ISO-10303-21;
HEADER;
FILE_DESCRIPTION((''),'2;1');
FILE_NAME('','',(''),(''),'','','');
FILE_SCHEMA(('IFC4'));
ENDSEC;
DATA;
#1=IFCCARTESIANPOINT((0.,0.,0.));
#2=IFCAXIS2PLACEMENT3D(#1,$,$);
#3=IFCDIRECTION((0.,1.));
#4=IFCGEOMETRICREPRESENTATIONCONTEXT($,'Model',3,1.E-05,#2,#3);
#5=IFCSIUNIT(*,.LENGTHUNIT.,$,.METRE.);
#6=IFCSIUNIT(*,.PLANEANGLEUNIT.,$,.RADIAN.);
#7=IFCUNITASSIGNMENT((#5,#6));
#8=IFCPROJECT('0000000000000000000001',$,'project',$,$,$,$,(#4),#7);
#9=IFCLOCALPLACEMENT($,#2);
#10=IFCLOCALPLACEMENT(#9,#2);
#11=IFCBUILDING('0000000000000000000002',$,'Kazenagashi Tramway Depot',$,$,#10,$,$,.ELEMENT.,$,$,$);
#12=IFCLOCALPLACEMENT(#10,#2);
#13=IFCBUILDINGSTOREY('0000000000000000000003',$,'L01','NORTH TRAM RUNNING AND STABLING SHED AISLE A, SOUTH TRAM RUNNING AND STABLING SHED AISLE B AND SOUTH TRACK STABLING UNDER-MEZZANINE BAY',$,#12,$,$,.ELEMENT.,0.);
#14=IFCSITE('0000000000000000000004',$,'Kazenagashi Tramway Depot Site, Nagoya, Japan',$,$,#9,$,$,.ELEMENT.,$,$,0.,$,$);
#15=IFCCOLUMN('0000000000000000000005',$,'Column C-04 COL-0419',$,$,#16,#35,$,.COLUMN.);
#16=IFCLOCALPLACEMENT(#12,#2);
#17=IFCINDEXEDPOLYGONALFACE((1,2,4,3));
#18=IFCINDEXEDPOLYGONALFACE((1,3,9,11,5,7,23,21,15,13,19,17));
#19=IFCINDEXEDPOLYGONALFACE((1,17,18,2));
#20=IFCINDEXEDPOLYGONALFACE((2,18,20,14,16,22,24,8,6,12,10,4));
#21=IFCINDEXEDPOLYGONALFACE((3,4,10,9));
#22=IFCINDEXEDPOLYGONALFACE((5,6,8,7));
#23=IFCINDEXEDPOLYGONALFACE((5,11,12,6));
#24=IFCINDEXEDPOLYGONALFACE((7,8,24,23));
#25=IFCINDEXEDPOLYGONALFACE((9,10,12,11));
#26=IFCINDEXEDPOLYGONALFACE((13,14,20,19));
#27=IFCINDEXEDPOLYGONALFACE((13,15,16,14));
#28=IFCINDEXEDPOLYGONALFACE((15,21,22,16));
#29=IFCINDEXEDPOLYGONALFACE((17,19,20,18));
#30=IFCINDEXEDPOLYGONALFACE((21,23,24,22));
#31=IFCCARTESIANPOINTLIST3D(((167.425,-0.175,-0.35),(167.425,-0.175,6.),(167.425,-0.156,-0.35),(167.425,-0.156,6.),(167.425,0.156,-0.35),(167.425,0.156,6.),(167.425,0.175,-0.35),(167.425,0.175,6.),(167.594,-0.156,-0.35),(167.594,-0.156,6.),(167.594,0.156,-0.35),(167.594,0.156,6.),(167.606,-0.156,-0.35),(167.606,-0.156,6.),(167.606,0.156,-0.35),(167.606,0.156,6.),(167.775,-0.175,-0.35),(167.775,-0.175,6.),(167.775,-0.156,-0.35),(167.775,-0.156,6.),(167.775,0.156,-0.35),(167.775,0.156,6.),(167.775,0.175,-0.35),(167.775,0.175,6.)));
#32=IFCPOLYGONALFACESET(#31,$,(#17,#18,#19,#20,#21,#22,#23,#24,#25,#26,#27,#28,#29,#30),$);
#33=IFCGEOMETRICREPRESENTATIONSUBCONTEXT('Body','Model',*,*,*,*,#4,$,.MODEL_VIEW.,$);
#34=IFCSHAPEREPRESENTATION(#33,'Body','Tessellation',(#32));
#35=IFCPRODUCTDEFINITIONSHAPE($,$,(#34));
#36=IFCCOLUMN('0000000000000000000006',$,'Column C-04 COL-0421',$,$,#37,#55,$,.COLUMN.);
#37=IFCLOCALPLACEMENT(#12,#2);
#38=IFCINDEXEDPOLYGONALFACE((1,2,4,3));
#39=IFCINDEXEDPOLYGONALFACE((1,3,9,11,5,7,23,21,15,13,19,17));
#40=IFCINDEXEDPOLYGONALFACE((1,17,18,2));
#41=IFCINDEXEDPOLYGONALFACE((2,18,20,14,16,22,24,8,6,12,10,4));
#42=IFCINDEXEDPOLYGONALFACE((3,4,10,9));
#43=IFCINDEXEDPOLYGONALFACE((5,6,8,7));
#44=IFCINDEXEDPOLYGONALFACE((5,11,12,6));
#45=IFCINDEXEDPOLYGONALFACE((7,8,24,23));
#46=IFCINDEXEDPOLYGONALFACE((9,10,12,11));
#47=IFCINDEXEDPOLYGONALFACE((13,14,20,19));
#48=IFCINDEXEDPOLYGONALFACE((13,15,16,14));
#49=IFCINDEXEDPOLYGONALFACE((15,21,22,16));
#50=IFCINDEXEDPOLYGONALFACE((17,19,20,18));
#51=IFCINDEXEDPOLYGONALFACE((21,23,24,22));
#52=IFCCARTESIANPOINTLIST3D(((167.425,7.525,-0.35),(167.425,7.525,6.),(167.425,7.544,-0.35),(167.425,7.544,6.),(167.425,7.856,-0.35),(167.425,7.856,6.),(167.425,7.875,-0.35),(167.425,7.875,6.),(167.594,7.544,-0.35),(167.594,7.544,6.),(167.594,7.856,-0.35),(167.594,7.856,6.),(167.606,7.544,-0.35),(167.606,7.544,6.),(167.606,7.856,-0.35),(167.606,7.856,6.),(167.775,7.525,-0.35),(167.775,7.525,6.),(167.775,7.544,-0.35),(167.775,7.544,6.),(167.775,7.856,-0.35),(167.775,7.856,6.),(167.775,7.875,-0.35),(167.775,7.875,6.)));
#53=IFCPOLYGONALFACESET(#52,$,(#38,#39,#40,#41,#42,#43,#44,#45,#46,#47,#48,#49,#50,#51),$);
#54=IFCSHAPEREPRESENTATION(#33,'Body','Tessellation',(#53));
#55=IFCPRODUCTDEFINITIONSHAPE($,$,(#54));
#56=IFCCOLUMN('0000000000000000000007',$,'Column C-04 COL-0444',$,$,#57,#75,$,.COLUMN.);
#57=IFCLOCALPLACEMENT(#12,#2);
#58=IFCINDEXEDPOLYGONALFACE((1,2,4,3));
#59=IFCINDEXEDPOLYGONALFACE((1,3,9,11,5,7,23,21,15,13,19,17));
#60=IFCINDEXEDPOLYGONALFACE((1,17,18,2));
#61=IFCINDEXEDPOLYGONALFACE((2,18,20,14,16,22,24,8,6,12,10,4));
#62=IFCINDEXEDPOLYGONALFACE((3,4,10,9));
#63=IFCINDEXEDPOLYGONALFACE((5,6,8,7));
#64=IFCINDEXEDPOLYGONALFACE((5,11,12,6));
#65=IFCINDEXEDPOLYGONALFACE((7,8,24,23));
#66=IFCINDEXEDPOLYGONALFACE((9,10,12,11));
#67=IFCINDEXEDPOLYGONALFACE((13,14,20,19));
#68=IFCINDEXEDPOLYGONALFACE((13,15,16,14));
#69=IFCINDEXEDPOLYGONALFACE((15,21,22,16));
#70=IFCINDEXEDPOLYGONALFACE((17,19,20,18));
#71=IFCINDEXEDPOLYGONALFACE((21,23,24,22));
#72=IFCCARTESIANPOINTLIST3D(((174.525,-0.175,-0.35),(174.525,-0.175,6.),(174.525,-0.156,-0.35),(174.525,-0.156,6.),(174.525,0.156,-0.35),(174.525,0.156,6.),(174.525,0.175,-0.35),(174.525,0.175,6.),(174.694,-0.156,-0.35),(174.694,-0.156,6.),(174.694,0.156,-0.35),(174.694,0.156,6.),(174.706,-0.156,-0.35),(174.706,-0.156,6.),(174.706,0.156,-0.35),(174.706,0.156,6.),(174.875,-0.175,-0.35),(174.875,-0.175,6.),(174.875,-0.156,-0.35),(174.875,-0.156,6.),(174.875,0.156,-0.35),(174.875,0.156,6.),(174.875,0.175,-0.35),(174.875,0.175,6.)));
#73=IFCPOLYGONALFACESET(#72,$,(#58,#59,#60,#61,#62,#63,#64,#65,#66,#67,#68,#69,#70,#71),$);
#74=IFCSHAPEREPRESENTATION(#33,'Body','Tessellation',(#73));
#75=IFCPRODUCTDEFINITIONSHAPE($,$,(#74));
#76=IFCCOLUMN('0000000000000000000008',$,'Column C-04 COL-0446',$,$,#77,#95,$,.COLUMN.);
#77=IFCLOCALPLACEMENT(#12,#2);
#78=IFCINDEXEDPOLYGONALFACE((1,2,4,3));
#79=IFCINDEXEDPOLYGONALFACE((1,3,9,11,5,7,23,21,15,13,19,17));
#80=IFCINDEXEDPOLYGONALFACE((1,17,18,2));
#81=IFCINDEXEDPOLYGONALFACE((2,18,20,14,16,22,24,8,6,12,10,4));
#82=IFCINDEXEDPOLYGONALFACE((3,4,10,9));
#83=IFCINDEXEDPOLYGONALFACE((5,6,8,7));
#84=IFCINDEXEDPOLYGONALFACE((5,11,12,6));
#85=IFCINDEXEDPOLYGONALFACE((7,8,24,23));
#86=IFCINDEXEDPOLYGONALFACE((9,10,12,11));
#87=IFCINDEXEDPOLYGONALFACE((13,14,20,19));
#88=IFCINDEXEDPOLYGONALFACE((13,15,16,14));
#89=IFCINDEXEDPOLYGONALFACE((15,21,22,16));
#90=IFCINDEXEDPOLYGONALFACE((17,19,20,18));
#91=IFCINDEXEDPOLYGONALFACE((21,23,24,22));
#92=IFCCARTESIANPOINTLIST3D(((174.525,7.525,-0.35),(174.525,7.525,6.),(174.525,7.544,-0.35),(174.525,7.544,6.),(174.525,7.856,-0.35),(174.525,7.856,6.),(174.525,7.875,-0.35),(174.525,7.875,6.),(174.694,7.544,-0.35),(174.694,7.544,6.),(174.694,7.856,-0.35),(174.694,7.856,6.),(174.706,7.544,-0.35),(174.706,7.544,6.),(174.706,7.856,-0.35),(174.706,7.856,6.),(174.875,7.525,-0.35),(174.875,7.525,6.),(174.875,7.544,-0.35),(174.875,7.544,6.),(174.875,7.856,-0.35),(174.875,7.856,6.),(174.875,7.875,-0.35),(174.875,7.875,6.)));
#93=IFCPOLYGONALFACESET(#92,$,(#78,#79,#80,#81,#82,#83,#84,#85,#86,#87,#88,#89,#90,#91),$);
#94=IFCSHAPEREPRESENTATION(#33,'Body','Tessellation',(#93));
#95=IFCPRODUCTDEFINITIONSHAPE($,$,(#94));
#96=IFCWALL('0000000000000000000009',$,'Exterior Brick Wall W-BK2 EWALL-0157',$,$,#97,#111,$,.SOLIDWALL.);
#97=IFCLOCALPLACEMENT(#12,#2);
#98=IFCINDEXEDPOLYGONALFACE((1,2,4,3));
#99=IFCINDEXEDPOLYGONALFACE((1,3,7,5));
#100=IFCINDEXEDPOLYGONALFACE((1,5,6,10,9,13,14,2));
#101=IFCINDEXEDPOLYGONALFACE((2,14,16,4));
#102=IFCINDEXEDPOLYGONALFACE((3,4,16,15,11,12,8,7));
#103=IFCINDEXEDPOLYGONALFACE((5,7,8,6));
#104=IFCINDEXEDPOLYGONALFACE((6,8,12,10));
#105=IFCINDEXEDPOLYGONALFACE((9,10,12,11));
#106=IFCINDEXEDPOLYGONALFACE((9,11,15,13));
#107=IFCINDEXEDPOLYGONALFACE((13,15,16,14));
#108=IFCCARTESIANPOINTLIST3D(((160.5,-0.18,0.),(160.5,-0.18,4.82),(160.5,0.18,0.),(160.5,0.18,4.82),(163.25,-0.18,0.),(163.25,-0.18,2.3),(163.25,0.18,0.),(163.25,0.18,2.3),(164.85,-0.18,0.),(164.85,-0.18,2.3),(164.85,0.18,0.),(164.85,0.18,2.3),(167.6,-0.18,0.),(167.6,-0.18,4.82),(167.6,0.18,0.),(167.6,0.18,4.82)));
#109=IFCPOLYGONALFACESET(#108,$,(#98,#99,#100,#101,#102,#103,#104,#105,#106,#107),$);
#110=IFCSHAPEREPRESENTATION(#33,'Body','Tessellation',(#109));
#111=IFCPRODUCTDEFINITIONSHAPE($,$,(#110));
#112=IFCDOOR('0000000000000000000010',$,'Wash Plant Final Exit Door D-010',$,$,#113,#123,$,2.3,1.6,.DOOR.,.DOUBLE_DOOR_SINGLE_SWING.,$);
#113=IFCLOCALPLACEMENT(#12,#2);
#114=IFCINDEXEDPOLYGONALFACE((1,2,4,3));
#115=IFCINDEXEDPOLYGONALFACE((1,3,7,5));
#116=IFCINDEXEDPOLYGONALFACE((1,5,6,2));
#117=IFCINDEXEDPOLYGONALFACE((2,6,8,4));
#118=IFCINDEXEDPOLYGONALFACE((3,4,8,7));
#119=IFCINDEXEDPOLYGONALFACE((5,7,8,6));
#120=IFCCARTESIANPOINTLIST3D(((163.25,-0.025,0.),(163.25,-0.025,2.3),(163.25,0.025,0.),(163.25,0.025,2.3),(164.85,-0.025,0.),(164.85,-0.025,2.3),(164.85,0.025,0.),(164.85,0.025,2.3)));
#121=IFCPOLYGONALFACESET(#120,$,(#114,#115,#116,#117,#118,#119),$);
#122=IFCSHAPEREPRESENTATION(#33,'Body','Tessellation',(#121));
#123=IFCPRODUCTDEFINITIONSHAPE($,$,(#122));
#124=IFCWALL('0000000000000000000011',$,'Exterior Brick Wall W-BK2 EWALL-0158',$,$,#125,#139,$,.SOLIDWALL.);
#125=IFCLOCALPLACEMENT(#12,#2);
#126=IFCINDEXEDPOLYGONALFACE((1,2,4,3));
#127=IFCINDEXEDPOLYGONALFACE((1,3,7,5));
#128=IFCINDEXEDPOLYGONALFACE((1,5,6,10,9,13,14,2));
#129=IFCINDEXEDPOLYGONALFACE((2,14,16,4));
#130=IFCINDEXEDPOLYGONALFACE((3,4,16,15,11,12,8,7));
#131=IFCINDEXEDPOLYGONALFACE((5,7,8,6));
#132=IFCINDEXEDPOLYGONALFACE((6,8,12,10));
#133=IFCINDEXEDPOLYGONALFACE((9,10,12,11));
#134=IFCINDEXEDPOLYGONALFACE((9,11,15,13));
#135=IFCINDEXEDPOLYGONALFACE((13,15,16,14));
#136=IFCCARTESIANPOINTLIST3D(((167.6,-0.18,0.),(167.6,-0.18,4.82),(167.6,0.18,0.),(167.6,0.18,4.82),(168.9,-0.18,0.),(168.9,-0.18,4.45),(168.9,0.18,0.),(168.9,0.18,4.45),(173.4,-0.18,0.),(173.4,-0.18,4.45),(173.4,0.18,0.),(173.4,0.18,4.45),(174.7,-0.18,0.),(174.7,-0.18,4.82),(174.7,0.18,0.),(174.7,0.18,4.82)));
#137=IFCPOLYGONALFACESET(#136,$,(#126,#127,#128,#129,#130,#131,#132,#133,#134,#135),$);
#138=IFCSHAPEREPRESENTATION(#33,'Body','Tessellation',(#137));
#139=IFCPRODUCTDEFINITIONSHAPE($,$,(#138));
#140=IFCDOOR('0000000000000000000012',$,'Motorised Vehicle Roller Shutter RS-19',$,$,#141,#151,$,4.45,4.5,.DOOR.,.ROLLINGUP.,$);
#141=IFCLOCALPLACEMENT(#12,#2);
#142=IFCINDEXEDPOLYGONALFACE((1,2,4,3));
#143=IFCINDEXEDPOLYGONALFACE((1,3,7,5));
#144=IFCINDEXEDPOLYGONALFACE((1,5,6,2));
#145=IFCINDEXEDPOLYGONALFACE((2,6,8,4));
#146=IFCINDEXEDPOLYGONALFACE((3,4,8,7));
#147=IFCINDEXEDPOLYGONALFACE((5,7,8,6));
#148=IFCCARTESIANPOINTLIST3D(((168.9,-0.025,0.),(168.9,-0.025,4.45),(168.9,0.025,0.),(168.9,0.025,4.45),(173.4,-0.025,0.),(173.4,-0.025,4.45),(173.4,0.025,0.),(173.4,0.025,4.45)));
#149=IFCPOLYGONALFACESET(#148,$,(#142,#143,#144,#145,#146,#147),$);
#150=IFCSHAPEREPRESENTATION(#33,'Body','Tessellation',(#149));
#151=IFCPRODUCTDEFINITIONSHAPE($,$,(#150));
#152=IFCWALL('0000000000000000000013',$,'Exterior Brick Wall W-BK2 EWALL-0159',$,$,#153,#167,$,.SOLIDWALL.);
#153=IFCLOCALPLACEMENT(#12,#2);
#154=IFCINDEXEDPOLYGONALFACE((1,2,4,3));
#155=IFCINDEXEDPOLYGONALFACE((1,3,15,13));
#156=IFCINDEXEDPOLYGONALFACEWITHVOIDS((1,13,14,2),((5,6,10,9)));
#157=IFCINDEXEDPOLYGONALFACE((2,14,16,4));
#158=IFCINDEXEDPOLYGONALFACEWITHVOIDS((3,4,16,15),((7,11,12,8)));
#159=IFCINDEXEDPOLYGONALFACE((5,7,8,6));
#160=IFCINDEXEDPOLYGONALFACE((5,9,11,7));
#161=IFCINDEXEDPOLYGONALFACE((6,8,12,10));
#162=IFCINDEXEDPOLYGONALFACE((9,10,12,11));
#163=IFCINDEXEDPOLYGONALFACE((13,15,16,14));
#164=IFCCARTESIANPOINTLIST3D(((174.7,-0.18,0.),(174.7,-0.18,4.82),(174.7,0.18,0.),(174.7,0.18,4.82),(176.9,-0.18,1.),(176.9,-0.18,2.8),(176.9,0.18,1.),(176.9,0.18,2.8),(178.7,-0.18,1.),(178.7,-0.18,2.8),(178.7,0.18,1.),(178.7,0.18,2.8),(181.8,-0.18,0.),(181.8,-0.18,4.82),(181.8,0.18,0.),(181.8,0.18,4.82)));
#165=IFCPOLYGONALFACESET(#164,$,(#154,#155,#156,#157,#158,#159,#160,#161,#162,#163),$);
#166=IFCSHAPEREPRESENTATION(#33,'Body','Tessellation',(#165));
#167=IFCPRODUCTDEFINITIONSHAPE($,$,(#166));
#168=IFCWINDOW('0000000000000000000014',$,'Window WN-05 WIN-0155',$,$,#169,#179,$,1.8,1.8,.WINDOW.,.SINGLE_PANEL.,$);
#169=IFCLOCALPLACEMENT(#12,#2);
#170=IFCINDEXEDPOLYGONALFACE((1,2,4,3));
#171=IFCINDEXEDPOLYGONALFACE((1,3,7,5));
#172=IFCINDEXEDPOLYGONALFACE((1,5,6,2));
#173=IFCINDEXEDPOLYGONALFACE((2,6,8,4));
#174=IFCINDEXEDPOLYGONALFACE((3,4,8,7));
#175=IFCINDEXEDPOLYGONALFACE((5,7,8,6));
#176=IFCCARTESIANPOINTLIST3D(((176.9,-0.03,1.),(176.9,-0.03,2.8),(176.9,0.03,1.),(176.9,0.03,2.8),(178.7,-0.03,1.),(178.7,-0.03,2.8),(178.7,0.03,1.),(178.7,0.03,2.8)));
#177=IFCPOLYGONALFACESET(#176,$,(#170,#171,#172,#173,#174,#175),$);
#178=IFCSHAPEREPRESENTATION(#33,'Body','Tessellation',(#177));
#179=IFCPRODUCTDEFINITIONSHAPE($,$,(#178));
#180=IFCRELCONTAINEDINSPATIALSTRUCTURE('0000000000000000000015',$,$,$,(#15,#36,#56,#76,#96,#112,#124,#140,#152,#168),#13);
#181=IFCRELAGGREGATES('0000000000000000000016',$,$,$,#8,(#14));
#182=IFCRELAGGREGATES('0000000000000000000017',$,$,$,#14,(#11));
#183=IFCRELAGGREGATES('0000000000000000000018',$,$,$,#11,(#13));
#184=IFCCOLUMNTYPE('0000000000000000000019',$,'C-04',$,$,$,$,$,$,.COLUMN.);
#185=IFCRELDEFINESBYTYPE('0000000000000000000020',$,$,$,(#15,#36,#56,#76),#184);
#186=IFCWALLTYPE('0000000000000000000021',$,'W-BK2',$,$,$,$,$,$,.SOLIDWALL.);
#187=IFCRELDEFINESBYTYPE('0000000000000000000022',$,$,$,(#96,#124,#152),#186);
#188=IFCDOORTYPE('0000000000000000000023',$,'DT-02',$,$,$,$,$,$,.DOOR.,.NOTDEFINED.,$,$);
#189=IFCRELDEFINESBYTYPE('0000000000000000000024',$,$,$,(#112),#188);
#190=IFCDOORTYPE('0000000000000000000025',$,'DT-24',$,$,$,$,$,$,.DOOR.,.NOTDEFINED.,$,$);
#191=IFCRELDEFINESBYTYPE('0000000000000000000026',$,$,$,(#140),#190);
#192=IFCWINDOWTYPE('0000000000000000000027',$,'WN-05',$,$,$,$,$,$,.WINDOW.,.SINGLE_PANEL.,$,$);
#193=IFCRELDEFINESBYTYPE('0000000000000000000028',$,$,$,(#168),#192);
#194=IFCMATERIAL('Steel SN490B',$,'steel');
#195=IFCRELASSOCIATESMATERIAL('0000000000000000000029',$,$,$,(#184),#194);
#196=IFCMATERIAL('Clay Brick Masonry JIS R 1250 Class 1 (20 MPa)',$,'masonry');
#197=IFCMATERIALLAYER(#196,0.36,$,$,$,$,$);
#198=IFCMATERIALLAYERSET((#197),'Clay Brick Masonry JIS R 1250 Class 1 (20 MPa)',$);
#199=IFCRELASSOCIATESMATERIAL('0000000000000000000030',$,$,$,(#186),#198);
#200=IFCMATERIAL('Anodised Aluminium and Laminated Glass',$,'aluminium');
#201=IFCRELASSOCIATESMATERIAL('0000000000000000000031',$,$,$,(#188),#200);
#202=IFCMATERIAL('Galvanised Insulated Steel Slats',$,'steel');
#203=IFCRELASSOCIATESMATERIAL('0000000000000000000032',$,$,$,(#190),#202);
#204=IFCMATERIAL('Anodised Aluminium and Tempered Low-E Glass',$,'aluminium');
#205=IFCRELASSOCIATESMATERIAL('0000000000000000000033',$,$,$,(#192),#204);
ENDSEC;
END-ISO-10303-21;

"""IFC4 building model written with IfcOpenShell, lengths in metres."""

from ifc_helpers import new_model, si_unit, direction, frame, frame_2d, origin, origin_2d, place, context, subcontext, project, spatial, rectangle, i_section, extrude, material, layer, layer_set, material_profile, profile_set, type_object, element, fill, save


model = new_model("IFC4")

# Units and contexts
model_context = context("Model", 3, precision=1e-05, world=origin(), true_north=direction((0.0, 1.0)))
body_context = subcontext(model_context, "Body", "Model", "MODEL_VIEW")
ifc_project = project(units=[si_unit("LENGTHUNIT", "METRE"), si_unit("PLANEANGLEUNIT", "RADIAN")], contexts=[model_context])

# Site, building, storey
site_placement = place(None, origin())
site = spatial("IfcSite", under=ifc_project, at=site_placement, Name="Kazenagashi Tramway Depot Site, Nagoya, Japan", CompositionType="ELEMENT", RefElevation=0.0)
building_placement = place(site_placement, origin())
building = spatial("IfcBuilding", under=site, at=building_placement, Name="Kazenagashi Tramway Depot", CompositionType="ELEMENT")
storey_placement = place(building_placement, origin())
storey = spatial("IfcBuildingStorey", under=building, at=storey_placement, Name="L01", Description="NORTH TRAM RUNNING AND STABLING SHED AISLE A, SOUTH TRAM RUNNING AND STABLING SHED AISLE B AND SOUTH TRACK STABLING UNDER-MEZZANINE BAY", CompositionType="ELEMENT", Elevation=0.0)

# Columns
ifc_material_1 = material(Name="Steel SN490B", Category="steel")
ifc_material_profile_1 = material_profile(ifc_material_1, i_section(OverallWidth=0.35, OverallDepth=0.35, WebThickness=0.012, FlangeThickness=0.019, at=origin_2d()), Name="H-350x350x12x19")
ifc_profile_set_1 = profile_set([ifc_material_profile_1], Name="Steel SN490B")
column_type = type_object("IfcColumnType", Name="C-04", PredefinedType="COLUMN", material=ifc_profile_set_1)
for number, where, z_axis, x_axis, name in (
    (1, (167.6, 0.0, -0.35), (0.0, 0.0, 1.0), (1.0, 0.0, 0.0), "Column C-04 COL-0419"),
    (2, (167.6, 7.7, -0.35), (0.0, 0.0, 1.0), (1.0, 0.0, 0.0), "Column C-04 COL-0421"),
    (3, (174.7, 0.0, -0.35), (0.0, 0.0, 1.0), (1.0, 0.0, 0.0), "Column C-04 COL-0444"),
    (4, (174.7, 7.7, -0.35), (0.0, 0.0, 1.0), (1.0, 0.0, 0.0), "Column C-04 COL-0446"),
):
    element("IfcColumn", number, at=place(storey_placement, frame(where, z_axis=z_axis, x_axis=x_axis)), inside=storey, type_object=column_type, Name=name, PredefinedType="COLUMN", context=body_context, shape_type="SweptSolid", body=[
        extrude(i_section(OverallWidth=0.35, OverallDepth=0.35, WebThickness=0.012, FlangeThickness=0.019, at=origin_2d()), origin(), (0.0, 0.0, 1.0), 6.35),
    ])

# Walls, openings, doors
ifc_material_2 = material(Name="Clay Brick Masonry JIS R 1250 Class 1 (20 MPa)", Category="masonry")
ifc_layer_1 = layer(ifc_material_2, 0.36)
ifc_layer_set_1 = layer_set([ifc_layer_1], Name="Clay Brick Masonry JIS R 1250 Class 1 (20 MPa)")
wall_type_1 = type_object("IfcWallType", Name="W-BK2", PredefinedType="SOLIDWALL", material=ifc_layer_set_1)
wall_1_placement = place(storey_placement, frame((160.5, 0.0, 0.0), z_axis=(0.0, 0.0, 1.0), x_axis=(1.0, 0.0, 0.0)))
wall_1 = element("IfcWall", 5, at=wall_1_placement, inside=storey, type_object=wall_type_1, Name="Exterior Brick Wall W-BK2 EWALL-0157", PredefinedType="SOLIDWALL", context=body_context, shape_type="SweptSolid", body=[
    extrude(rectangle(XDim=7.1, YDim=0.36, at=frame_2d((3.55, 0.0))), origin(), (0.0, 0.0, 1.0), 4.82),
])
opening_1_placement = place(wall_1_placement, frame((2.75, 0.0, 0.0)))
opening_1 = element("IfcOpeningElement", 6, at=opening_1_placement, cuts=wall_1, PredefinedType="OPENING", context=body_context, shape_type="SweptSolid", body=[
    extrude(rectangle(XDim=1.6, YDim=2.3, at=frame_2d((0.8, 1.15))), frame((0.0, 0.19, 0.0), z_axis=(0.0, -1.0, 0.0), x_axis=(1.0, 0.0, 0.0)), (0.0, 0.0, 1.0), 0.38),
])
ifc_material_3 = material(Name="Anodised Aluminium and Laminated Glass", Category="aluminium")
door_type_1 = type_object("IfcDoorType", Name="DT-02", OperationType="NOTDEFINED", PredefinedType="DOOR", material=ifc_material_3)
door_1_placement = place(opening_1_placement, frame((1.6, 0.0, 0.0), z_axis=(0.0, 0.0, 1.0), x_axis=(-1.0, 0.0, 0.0)))
door_1 = element("IfcDoor", 7, at=door_1_placement, inside=storey, type_object=door_type_1, Name="Wash Plant Final Exit Door D-010", OperationType="DOUBLE_DOOR_SINGLE_SWING", OverallHeight=2.3, OverallWidth=1.6, PredefinedType="DOOR", context=body_context, shape_type="SweptSolid", body=[
    extrude(rectangle(XDim=1.6, YDim=2.3, at=frame_2d((0.8, 1.15))), frame((0.0, 0.025, 0.0), z_axis=(0.0, -1.0, 0.0), x_axis=(1.0, 0.0, 0.0)), (0.0, 0.0, 1.0), 0.05),
])
fill(opening_1, door_1)
wall_2_placement = place(storey_placement, frame((167.6, 0.0, 0.0), z_axis=(0.0, 0.0, 1.0), x_axis=(1.0, 0.0, 0.0)))
wall_2 = element("IfcWall", 8, at=wall_2_placement, inside=storey, type_object=wall_type_1, Name="Exterior Brick Wall W-BK2 EWALL-0158", PredefinedType="SOLIDWALL", context=body_context, shape_type="SweptSolid", body=[
    extrude(rectangle(XDim=7.1, YDim=0.36, at=frame_2d((3.55, 0.0))), origin(), (0.0, 0.0, 1.0), 4.82),
])
opening_2_placement = place(wall_2_placement, frame((1.3, 0.0, 0.0)))
opening_2 = element("IfcOpeningElement", 9, at=opening_2_placement, cuts=wall_2, PredefinedType="OPENING", context=body_context, shape_type="SweptSolid", body=[
    extrude(rectangle(XDim=4.5, YDim=4.45, at=frame_2d((2.25, 2.225))), frame((0.0, 0.19, 0.0), z_axis=(0.0, -1.0, 0.0), x_axis=(1.0, 0.0, 0.0)), (0.0, 0.0, 1.0), 0.38),
])
ifc_material_4 = material(Name="Galvanised Insulated Steel Slats", Category="steel")
door_type_2 = type_object("IfcDoorType", Name="DT-24", OperationType="NOTDEFINED", PredefinedType="DOOR", material=ifc_material_4)
door_2_placement = place(opening_2_placement, frame((4.5, 0.0, 0.0), z_axis=(0.0, 0.0, 1.0), x_axis=(-1.0, 0.0, 0.0)))
door_2 = element("IfcDoor", 10, at=door_2_placement, inside=storey, type_object=door_type_2, Name="Motorised Vehicle Roller Shutter RS-19", OperationType="ROLLINGUP", OverallHeight=4.45, OverallWidth=4.5, PredefinedType="DOOR", context=body_context, shape_type="SweptSolid", body=[
    extrude(rectangle(XDim=4.5, YDim=4.45, at=frame_2d((2.25, 2.225))), frame((0.0, 0.025, 0.0), z_axis=(0.0, -1.0, 0.0), x_axis=(1.0, 0.0, 0.0)), (0.0, 0.0, 1.0), 0.05),
])
fill(opening_2, door_2)

# Wall, opening, window
wall_3_placement = place(storey_placement, frame((174.7, 0.0, 0.0), z_axis=(0.0, 0.0, 1.0), x_axis=(1.0, 0.0, 0.0)))
wall_3 = element("IfcWall", 11, at=wall_3_placement, inside=storey, type_object=wall_type_1, Name="Exterior Brick Wall W-BK2 EWALL-0159", PredefinedType="SOLIDWALL", context=body_context, shape_type="SweptSolid", body=[
    extrude(rectangle(XDim=7.1, YDim=0.36, at=frame_2d((3.55, 0.0))), origin(), (0.0, 0.0, 1.0), 4.82),
])
opening_3_placement = place(wall_3_placement, frame((2.2, 0.0, 1.0)))
opening_3 = element("IfcOpeningElement", 12, at=opening_3_placement, cuts=wall_3, PredefinedType="OPENING", context=body_context, shape_type="SweptSolid", body=[
    extrude(rectangle(XDim=1.8, YDim=1.8, at=frame_2d((0.9, 0.9))), frame((0.0, 0.19, 0.0), z_axis=(0.0, -1.0, 0.0), x_axis=(1.0, 0.0, 0.0)), (0.0, 0.0, 1.0), 0.38),
])
ifc_material_5 = material(Name="Anodised Aluminium and Tempered Low-E Glass", Category="aluminium")
window_type = type_object("IfcWindowType", Name="WN-05", PartitioningType="SINGLE_PANEL", PredefinedType="WINDOW", material=ifc_material_5)
window_placement = place(opening_3_placement, origin())
window = element("IfcWindow", 13, at=window_placement, inside=storey, type_object=window_type, Name="Window WN-05 WIN-0155", OverallHeight=1.8, OverallWidth=1.8, PartitioningType="SINGLE_PANEL", PredefinedType="WINDOW", context=body_context, shape_type="SweptSolid", body=[
    extrude(rectangle(XDim=1.8, YDim=1.8, at=frame_2d((0.9, 0.9))), frame((0.0, 0.03, 0.0), z_axis=(0.0, -1.0, 0.0), x_axis=(1.0, 0.0, 0.0)), (0.0, 0.0, 1.0), 0.06),
])
fill(opening_3, window)

save(model, "model.ifc")
